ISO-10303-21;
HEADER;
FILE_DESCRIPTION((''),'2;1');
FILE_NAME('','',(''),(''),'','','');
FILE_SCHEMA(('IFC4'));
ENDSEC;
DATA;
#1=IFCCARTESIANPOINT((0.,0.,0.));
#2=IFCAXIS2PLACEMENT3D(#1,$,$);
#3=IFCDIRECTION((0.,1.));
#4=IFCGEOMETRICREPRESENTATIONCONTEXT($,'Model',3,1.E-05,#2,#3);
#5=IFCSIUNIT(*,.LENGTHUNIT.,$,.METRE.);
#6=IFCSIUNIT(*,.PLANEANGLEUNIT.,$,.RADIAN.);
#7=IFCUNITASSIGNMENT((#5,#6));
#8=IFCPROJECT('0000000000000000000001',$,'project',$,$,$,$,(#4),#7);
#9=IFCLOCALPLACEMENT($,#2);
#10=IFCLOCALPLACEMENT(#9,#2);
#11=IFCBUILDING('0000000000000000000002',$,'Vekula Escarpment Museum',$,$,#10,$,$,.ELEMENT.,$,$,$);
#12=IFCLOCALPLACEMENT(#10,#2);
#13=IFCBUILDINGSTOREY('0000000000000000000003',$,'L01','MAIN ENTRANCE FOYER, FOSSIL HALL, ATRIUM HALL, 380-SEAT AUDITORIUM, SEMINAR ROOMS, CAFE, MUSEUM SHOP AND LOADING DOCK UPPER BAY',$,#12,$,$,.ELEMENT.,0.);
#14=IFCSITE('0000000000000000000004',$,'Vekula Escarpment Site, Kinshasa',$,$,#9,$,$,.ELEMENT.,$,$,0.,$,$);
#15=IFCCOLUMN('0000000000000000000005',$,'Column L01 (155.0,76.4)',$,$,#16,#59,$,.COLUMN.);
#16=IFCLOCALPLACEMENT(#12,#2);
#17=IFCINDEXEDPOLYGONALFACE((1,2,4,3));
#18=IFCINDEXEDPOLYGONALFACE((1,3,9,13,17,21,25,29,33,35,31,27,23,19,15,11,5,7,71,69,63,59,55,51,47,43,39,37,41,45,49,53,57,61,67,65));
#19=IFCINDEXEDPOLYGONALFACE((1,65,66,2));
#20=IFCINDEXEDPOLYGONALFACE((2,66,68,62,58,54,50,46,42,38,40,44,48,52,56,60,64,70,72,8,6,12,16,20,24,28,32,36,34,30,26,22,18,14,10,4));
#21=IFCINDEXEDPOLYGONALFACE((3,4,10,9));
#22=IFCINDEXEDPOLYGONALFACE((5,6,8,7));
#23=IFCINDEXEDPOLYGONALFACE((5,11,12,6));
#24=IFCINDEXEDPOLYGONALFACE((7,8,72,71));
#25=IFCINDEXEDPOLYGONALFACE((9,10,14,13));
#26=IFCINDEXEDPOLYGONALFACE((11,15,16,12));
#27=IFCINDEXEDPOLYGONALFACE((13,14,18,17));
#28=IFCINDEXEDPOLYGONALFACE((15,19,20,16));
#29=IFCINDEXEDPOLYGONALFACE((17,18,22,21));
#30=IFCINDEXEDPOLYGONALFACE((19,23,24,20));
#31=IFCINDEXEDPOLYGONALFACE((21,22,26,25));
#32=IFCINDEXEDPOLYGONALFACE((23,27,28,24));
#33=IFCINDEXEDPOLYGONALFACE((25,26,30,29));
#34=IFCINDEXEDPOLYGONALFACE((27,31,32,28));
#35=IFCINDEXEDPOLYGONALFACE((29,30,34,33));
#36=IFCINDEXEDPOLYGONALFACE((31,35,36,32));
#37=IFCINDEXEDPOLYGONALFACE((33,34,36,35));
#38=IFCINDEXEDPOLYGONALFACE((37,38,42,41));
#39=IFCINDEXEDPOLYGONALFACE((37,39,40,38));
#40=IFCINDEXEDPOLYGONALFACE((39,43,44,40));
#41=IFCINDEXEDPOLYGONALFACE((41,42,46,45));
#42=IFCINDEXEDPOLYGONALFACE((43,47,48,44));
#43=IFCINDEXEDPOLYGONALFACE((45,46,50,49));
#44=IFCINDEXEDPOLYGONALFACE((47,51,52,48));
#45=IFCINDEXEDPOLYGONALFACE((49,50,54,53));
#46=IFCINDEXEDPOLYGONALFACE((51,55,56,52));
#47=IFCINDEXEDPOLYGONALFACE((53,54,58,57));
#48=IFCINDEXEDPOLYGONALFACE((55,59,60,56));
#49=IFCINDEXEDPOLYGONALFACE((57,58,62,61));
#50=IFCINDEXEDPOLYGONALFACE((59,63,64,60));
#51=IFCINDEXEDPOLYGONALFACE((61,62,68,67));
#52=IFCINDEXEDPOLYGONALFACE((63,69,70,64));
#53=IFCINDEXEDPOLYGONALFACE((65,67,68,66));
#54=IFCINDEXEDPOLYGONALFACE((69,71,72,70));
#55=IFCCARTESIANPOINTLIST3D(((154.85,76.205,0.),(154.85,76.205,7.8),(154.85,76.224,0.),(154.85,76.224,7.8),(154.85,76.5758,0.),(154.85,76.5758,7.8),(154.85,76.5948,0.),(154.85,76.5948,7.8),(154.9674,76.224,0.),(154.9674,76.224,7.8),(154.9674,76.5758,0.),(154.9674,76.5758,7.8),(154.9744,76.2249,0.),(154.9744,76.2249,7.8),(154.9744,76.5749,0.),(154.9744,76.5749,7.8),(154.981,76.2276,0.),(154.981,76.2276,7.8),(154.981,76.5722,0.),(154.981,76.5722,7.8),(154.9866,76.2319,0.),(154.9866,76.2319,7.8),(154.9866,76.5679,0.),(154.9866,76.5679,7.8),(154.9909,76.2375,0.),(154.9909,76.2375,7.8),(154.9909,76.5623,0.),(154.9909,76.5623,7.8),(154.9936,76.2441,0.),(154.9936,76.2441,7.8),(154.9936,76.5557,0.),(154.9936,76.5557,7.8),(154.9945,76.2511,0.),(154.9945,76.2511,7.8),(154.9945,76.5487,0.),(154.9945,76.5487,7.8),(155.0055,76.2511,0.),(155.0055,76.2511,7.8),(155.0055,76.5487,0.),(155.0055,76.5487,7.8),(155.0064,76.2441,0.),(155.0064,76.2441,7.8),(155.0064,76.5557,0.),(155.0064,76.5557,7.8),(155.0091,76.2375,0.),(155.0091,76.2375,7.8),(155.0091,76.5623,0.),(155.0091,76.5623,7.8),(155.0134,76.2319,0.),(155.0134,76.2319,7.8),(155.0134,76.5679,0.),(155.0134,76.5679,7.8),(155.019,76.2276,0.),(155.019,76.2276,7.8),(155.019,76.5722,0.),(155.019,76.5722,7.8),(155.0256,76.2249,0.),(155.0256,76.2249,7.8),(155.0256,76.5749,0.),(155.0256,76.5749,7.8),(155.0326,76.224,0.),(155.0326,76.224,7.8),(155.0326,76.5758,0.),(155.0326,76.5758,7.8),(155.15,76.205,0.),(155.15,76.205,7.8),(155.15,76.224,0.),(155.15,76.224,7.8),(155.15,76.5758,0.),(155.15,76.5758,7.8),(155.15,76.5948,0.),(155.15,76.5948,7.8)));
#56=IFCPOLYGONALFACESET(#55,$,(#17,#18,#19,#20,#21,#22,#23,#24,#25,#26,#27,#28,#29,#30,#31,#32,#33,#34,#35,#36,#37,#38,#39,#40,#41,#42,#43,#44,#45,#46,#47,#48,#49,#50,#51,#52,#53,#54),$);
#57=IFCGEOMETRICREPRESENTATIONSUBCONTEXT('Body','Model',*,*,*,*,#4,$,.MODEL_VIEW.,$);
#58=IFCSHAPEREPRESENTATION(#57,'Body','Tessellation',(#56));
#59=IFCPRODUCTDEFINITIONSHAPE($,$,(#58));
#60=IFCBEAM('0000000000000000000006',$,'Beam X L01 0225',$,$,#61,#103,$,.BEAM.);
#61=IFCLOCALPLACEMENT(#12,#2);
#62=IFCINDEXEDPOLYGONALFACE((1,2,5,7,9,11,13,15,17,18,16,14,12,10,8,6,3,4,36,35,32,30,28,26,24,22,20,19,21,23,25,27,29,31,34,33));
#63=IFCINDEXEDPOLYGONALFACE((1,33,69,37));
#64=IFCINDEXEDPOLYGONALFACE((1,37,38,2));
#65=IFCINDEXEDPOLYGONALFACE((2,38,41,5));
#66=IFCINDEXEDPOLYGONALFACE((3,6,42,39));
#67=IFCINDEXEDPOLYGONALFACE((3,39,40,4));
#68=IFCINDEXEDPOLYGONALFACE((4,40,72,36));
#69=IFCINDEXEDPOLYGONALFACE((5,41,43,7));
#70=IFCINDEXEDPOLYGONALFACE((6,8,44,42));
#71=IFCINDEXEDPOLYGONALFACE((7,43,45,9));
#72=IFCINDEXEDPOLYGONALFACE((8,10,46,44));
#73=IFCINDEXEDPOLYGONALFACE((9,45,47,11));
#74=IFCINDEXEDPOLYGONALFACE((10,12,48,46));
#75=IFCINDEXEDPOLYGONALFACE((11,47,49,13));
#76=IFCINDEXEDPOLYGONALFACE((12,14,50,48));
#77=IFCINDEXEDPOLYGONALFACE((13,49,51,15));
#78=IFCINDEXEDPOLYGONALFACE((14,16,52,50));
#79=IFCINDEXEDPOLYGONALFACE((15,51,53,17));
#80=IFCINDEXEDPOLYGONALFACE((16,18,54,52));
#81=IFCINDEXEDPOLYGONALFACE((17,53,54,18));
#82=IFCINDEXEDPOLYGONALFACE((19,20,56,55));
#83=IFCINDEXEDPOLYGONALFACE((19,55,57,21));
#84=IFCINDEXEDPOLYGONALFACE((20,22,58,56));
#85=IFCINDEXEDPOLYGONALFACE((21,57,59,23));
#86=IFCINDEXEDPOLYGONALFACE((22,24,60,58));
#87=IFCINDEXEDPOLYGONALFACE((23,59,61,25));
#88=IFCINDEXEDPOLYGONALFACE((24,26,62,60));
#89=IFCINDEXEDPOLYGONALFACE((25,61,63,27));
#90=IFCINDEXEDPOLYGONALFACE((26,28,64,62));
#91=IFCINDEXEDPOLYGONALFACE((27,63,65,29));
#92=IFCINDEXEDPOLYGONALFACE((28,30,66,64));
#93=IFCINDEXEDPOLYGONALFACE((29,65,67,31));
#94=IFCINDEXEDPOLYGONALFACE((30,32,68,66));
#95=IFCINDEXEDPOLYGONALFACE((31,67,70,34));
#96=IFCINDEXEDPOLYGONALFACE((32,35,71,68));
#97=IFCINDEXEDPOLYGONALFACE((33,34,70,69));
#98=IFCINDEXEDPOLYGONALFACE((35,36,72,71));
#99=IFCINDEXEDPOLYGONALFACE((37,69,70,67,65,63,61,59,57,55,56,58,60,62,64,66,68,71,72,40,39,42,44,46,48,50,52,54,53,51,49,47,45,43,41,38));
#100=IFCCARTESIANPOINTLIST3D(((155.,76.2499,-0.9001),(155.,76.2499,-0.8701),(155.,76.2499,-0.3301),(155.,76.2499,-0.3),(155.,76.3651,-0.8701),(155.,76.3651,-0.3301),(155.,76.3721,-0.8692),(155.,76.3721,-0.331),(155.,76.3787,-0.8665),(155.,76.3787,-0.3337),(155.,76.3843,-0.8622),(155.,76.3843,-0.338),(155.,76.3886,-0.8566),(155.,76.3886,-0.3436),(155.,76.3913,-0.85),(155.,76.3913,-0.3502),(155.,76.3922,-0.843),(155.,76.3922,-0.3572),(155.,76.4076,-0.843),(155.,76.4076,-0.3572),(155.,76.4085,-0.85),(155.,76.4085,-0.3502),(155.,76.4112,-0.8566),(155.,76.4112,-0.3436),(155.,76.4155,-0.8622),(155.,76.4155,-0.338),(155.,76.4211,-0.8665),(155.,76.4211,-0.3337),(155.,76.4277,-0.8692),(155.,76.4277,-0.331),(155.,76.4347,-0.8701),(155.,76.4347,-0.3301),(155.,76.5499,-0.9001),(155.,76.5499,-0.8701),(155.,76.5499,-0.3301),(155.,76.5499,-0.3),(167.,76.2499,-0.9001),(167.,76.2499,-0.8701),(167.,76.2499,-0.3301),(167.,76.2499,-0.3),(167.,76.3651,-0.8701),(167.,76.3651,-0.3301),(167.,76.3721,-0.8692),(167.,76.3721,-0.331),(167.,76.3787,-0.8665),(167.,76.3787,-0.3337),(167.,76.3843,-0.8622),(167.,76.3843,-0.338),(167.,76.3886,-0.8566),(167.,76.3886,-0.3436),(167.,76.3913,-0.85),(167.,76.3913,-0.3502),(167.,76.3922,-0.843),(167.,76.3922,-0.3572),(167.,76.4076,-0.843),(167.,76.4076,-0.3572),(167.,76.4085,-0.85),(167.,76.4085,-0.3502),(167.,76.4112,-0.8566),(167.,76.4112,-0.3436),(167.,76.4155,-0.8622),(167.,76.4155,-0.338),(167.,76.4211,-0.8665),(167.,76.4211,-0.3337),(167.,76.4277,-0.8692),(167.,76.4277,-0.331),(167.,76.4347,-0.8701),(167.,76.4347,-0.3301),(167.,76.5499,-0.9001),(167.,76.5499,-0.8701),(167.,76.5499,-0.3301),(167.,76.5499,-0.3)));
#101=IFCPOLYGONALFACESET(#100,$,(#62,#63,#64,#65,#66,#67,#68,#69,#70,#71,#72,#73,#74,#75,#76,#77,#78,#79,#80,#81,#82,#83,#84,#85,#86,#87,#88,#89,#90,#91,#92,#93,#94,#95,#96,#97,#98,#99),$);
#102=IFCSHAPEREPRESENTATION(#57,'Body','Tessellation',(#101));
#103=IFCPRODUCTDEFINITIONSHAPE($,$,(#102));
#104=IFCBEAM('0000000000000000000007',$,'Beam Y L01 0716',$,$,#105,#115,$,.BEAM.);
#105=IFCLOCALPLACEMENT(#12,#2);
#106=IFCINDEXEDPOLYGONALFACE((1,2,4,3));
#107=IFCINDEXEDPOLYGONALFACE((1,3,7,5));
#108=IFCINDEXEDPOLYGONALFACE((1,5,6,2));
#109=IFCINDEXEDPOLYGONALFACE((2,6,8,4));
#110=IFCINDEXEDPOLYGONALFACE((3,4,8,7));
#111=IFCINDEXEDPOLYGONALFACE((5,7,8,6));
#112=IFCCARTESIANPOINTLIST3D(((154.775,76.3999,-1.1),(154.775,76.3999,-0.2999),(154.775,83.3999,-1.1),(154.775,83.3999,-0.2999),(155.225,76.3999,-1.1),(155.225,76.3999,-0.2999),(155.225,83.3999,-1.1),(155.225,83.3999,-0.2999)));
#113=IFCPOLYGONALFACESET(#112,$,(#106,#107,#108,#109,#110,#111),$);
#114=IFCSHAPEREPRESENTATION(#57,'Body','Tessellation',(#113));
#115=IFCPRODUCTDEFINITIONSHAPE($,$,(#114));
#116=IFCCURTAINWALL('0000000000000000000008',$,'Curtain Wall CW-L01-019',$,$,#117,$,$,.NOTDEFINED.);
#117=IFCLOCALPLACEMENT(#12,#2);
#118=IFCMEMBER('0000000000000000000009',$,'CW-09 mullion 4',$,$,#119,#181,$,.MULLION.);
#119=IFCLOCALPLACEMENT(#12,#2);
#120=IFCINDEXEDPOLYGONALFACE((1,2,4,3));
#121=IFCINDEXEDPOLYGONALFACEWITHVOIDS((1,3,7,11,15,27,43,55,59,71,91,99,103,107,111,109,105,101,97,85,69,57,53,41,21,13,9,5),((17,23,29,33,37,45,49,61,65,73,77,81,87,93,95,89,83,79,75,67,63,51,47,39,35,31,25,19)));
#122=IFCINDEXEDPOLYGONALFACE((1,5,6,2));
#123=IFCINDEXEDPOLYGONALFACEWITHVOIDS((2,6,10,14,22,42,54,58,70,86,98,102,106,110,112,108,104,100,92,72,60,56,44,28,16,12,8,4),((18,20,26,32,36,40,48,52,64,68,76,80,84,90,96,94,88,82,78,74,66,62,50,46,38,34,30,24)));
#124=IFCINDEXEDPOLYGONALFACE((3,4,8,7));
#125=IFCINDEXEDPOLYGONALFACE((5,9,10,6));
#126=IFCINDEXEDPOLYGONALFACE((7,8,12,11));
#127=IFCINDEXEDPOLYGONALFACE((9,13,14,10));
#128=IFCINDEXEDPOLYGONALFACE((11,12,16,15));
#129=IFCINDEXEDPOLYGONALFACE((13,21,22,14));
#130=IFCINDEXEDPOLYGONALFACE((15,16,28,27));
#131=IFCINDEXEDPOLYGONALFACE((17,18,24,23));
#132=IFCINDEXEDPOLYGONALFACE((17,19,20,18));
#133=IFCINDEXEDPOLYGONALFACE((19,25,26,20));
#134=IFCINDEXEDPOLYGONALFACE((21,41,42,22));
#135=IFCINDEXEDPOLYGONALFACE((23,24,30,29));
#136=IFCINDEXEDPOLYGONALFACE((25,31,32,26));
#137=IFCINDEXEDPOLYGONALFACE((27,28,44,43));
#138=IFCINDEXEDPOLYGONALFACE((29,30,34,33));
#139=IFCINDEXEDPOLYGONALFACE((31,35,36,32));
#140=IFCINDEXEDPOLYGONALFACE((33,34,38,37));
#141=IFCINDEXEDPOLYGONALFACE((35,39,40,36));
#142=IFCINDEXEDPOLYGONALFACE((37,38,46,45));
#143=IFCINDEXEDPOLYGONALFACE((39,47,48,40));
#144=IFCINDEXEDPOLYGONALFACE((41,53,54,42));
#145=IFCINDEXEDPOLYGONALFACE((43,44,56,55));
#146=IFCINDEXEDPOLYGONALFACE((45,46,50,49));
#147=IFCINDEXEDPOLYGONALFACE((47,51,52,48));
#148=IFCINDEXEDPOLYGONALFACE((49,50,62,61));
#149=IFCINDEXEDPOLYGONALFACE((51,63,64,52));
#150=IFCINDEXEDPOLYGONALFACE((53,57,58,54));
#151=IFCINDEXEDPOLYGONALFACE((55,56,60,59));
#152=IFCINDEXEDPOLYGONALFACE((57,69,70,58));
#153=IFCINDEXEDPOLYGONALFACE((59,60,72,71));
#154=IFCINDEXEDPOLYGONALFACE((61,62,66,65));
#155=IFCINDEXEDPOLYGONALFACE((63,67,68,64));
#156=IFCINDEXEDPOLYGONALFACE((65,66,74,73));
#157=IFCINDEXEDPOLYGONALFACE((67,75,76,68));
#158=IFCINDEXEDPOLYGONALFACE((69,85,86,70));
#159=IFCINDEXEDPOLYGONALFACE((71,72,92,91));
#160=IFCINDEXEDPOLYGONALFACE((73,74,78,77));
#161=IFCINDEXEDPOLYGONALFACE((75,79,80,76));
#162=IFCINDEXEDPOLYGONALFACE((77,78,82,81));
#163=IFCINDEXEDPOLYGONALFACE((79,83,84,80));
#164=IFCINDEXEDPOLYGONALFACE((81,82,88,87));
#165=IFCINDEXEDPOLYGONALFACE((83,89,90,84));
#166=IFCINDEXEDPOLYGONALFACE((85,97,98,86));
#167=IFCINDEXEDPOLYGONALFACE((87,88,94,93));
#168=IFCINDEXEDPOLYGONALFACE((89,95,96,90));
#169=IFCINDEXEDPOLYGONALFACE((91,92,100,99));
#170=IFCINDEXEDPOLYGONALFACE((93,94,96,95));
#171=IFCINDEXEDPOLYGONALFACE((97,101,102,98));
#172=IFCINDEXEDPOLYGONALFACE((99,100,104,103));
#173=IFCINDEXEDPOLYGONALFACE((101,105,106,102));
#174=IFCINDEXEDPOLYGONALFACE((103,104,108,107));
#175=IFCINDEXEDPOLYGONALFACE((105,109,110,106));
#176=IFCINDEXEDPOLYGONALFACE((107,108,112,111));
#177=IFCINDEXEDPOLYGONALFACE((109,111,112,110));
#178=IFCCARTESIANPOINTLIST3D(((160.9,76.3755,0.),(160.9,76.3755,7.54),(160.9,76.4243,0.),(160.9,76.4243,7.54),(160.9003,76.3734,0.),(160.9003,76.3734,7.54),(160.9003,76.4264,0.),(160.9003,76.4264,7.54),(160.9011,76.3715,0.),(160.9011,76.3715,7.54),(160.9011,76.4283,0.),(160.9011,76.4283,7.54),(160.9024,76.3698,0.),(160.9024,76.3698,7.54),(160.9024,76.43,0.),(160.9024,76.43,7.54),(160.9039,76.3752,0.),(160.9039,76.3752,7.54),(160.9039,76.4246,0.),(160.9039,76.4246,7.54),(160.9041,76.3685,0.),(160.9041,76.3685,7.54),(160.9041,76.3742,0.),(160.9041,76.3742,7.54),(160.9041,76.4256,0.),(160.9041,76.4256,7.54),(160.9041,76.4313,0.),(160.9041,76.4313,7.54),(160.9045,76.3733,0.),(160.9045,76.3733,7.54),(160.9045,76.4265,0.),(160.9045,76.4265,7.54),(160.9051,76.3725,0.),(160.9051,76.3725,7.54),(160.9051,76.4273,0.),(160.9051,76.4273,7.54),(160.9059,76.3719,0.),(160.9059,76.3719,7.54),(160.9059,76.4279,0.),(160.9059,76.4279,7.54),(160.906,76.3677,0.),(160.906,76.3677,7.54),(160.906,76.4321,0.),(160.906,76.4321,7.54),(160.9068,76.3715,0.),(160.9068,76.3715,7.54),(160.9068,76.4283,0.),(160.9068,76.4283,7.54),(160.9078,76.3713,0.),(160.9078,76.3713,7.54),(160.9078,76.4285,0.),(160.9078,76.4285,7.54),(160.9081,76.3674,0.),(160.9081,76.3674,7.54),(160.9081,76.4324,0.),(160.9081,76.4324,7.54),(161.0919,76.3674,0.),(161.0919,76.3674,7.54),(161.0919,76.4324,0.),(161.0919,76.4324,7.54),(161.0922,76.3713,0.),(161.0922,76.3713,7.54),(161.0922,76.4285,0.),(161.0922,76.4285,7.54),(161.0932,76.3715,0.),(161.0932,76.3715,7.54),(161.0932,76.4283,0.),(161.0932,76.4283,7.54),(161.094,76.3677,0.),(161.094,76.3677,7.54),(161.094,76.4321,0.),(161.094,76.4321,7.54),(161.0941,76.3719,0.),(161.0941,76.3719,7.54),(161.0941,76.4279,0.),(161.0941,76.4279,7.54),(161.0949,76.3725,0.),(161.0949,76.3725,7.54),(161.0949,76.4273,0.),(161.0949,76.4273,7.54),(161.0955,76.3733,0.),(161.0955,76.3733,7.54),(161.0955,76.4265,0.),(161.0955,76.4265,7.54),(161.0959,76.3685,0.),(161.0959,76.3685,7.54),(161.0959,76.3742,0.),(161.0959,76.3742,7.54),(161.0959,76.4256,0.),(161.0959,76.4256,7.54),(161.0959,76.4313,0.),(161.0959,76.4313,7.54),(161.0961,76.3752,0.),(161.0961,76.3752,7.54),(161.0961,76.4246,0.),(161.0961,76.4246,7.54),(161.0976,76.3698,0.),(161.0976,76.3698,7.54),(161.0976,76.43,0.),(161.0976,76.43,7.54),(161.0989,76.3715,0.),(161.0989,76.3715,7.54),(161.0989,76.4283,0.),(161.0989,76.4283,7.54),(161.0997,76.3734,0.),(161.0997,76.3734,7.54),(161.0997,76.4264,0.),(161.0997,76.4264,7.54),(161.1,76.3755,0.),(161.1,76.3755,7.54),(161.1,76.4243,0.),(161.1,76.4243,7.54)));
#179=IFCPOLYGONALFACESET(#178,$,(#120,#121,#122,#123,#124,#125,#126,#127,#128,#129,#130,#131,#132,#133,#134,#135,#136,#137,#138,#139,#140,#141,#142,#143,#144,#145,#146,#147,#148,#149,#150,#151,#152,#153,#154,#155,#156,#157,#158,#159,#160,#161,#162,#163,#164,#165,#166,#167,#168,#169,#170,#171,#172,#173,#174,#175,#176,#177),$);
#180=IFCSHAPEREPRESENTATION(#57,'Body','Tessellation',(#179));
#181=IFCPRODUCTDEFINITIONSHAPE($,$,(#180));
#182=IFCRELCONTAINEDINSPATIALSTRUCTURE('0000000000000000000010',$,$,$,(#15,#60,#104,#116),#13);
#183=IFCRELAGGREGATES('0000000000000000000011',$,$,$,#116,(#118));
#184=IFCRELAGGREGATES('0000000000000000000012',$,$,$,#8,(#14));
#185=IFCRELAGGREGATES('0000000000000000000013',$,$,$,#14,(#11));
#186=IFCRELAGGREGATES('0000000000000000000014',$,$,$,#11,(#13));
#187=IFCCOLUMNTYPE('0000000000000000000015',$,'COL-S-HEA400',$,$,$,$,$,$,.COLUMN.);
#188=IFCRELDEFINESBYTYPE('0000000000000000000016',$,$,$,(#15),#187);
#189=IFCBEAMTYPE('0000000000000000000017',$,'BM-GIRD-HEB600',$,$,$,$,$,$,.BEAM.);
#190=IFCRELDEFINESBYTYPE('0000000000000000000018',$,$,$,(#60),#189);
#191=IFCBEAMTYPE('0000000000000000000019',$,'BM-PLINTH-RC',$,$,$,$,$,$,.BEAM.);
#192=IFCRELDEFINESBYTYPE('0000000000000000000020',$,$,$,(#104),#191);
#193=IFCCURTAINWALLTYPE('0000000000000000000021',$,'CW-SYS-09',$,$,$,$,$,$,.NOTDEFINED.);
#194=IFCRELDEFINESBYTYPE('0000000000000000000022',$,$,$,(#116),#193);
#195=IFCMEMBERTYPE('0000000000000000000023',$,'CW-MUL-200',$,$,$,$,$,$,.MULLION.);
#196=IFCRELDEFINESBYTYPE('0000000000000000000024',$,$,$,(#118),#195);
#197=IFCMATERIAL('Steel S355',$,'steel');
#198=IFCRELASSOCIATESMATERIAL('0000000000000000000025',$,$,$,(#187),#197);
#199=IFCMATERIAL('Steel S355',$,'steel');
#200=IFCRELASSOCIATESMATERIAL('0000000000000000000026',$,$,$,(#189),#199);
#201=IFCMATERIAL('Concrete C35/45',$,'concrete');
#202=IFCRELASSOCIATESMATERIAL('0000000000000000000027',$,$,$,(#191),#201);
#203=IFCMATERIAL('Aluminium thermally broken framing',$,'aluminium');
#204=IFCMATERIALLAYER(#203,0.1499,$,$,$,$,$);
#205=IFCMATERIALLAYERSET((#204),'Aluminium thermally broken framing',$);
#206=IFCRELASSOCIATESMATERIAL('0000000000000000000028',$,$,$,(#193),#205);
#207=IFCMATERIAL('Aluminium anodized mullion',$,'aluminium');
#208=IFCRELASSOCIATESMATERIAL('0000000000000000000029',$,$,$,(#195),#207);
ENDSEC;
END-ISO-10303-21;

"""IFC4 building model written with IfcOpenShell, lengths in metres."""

from ifc_helpers import new_model, si_unit, direction, frame, origin, origin_2d, place, context, subcontext, project, spatial, rectangle, hollow_rectangle, i_section, extrude, material, layer, layer_set, material_profile, profile_set, type_object, element, aggregate, save


model = new_model("IFC4")

# Units and contexts
model_context = context("Model", 3, precision=1e-05, world=origin(), true_north=direction((0.0, 1.0)))
body_context = subcontext(model_context, "Body", "Model", "MODEL_VIEW")
ifc_project = project(units=[si_unit("LENGTHUNIT", "METRE"), si_unit("PLANEANGLEUNIT", "RADIAN")], contexts=[model_context])

# Site, building, storey
site_placement = place(None, origin())
site = spatial("IfcSite", under=ifc_project, at=site_placement, Name="Vekula Escarpment Site, Kinshasa", CompositionType="ELEMENT", RefElevation=0.0)
building_placement = place(site_placement, origin())
building = spatial("IfcBuilding", under=site, at=building_placement, Name="Vekula Escarpment Museum", CompositionType="ELEMENT")
storey_placement = place(building_placement, origin())
storey = spatial("IfcBuildingStorey", under=building, at=storey_placement, Name="L01", Description="MAIN ENTRANCE FOYER, FOSSIL HALL, ATRIUM HALL, 380-SEAT AUDITORIUM, SEMINAR ROOMS, CAFE, MUSEUM SHOP AND LOADING DOCK UPPER BAY", CompositionType="ELEMENT", Elevation=0.0)

# Column
ifc_material_1 = material(Name="Steel S355", Category="steel")
ifc_material_profile_1 = material_profile(ifc_material_1, i_section(OverallWidth=0.3, OverallDepth=0.3899, WebThickness=0.011, FlangeThickness=0.019, FilletRadius=0.0271, at=origin_2d()), Name="HEA 400")
ifc_profile_set_1 = profile_set([ifc_material_profile_1], Name="Steel S355")
column_type = type_object("IfcColumnType", Name="COL-S-HEA400", PredefinedType="COLUMN", material=ifc_profile_set_1)
column_placement = place(storey_placement, frame((155.0, 76.3999, 0.0), z_axis=(0.0, 0.0, 1.0), x_axis=(1.0, 0.0, 0.0)))
element("IfcColumn", 1, at=column_placement, inside=storey, type_object=column_type, Name="Column L01 (155.0,76.4)", PredefinedType="COLUMN", context=body_context, shape_type="SweptSolid", body=[
    extrude(i_section(OverallWidth=0.3, OverallDepth=0.3899, WebThickness=0.011, FlangeThickness=0.019, FilletRadius=0.0271, at=origin_2d()), origin(), (0.0, 0.0, 1.0), 7.8),
])

# Beams
ifc_material_2 = material(Name="Steel S355", Category="steel")
ifc_material_profile_2 = material_profile(ifc_material_2, i_section(OverallWidth=0.3, OverallDepth=0.6001, WebThickness=0.0154, FlangeThickness=0.03, FilletRadius=0.0271, at=origin_2d()), Name="HEB 600")
ifc_profile_set_2 = profile_set([ifc_material_profile_2], Name="Steel S355")
beam_type_1 = type_object("IfcBeamType", Name="BM-GIRD-HEB600", PredefinedType="BEAM", material=ifc_profile_set_2)
beam_1_placement = place(storey_placement, frame((155.0, 76.3999, -0.6001), z_axis=(1.0, 0.0, 0.0), x_axis=(0.0, 1.0, 0.0)))
element("IfcBeam", 2, at=beam_1_placement, inside=storey, type_object=beam_type_1, Name="Beam X L01 0225", PredefinedType="BEAM", context=body_context, shape_type="SweptSolid", body=[
    extrude(i_section(OverallWidth=0.3, OverallDepth=0.6001, WebThickness=0.0154, FlangeThickness=0.03, FilletRadius=0.0271, at=origin_2d()), origin(), (0.0, 0.0, 1.0), 12.0),
])
ifc_material_3 = material(Name="Concrete C35/45", Category="concrete")
ifc_material_profile_3 = material_profile(ifc_material_3, rectangle(XDim=0.45, YDim=0.8, at=origin_2d()), Name="RC 450x800")
ifc_profile_set_3 = profile_set([ifc_material_profile_3], Name="Concrete C35/45")
beam_type_2 = type_object("IfcBeamType", Name="BM-PLINTH-RC", PredefinedType="BEAM", material=ifc_profile_set_3)
beam_2_placement = place(storey_placement, frame((155.0, 76.3999, -0.7), z_axis=(0.0, 1.0, 0.0), x_axis=(-1.0, 0.0, 0.0)))
element("IfcBeam", 3, at=beam_2_placement, inside=storey, type_object=beam_type_2, Name="Beam Y L01 0716", PredefinedType="BEAM", context=body_context, shape_type="SweptSolid", body=[
    extrude(rectangle(XDim=0.45, YDim=0.8, at=origin_2d()), origin(), (0.0, 0.0, 1.0), 7.0),
])

# Curtain wall, member
ifc_material_4 = material(Name="Aluminium thermally broken framing", Category="aluminium")
ifc_layer_1 = layer(ifc_material_4, 0.1499)
ifc_layer_set_1 = layer_set([ifc_layer_1], Name="Aluminium thermally broken framing")
curtain_wall_type_1 = type_object("IfcCurtainWallType", Name="CW-SYS-09", PredefinedType="NOTDEFINED", material=ifc_layer_set_1)
curtain_wall_1_placement = place(storey_placement, origin())
curtain_wall_1 = element("IfcCurtainWall", 4, at=curtain_wall_1_placement, inside=storey, type_object=curtain_wall_type_1, Name="Curtain Wall CW-L01-019", PredefinedType="NOTDEFINED")
ifc_material_5 = material(Name="Aluminium anodized mullion", Category="aluminium")
ifc_material_profile_4 = material_profile(ifc_material_5, hollow_rectangle(XDim=0.0649, YDim=0.2, WallThickness=0.0039, InnerFilletRadius=0.0039, OuterFilletRadius=0.0081, at=origin_2d()), Name="ALU 200x65x4")
ifc_profile_set_4 = profile_set([ifc_material_profile_4], Name="Aluminium anodized mullion")
member_type_1 = type_object("IfcMemberType", Name="CW-MUL-200", PredefinedType="MULLION", material=ifc_profile_set_4)
member_1_placement = place(storey_placement, frame((161.0, 76.3999, 0.0), z_axis=(0.0, 0.0, 1.0), x_axis=(0.0, -1.0, 0.0)))
member_1 = element("IfcMember", 5, at=member_1_placement, type_object=member_type_1, Name="CW-09 mullion 4", PredefinedType="MULLION", context=body_context, shape_type="SweptSolid", body=[
    extrude(hollow_rectangle(XDim=0.0649, YDim=0.2, WallThickness=0.0039, InnerFilletRadius=0.0039, OuterFilletRadius=0.0081, at=origin_2d()), origin(), (0.0, 0.0, 1.0), 7.54),
])

aggregate(curtain_wall_1, [member_1])

save(model, "model.ifc")
